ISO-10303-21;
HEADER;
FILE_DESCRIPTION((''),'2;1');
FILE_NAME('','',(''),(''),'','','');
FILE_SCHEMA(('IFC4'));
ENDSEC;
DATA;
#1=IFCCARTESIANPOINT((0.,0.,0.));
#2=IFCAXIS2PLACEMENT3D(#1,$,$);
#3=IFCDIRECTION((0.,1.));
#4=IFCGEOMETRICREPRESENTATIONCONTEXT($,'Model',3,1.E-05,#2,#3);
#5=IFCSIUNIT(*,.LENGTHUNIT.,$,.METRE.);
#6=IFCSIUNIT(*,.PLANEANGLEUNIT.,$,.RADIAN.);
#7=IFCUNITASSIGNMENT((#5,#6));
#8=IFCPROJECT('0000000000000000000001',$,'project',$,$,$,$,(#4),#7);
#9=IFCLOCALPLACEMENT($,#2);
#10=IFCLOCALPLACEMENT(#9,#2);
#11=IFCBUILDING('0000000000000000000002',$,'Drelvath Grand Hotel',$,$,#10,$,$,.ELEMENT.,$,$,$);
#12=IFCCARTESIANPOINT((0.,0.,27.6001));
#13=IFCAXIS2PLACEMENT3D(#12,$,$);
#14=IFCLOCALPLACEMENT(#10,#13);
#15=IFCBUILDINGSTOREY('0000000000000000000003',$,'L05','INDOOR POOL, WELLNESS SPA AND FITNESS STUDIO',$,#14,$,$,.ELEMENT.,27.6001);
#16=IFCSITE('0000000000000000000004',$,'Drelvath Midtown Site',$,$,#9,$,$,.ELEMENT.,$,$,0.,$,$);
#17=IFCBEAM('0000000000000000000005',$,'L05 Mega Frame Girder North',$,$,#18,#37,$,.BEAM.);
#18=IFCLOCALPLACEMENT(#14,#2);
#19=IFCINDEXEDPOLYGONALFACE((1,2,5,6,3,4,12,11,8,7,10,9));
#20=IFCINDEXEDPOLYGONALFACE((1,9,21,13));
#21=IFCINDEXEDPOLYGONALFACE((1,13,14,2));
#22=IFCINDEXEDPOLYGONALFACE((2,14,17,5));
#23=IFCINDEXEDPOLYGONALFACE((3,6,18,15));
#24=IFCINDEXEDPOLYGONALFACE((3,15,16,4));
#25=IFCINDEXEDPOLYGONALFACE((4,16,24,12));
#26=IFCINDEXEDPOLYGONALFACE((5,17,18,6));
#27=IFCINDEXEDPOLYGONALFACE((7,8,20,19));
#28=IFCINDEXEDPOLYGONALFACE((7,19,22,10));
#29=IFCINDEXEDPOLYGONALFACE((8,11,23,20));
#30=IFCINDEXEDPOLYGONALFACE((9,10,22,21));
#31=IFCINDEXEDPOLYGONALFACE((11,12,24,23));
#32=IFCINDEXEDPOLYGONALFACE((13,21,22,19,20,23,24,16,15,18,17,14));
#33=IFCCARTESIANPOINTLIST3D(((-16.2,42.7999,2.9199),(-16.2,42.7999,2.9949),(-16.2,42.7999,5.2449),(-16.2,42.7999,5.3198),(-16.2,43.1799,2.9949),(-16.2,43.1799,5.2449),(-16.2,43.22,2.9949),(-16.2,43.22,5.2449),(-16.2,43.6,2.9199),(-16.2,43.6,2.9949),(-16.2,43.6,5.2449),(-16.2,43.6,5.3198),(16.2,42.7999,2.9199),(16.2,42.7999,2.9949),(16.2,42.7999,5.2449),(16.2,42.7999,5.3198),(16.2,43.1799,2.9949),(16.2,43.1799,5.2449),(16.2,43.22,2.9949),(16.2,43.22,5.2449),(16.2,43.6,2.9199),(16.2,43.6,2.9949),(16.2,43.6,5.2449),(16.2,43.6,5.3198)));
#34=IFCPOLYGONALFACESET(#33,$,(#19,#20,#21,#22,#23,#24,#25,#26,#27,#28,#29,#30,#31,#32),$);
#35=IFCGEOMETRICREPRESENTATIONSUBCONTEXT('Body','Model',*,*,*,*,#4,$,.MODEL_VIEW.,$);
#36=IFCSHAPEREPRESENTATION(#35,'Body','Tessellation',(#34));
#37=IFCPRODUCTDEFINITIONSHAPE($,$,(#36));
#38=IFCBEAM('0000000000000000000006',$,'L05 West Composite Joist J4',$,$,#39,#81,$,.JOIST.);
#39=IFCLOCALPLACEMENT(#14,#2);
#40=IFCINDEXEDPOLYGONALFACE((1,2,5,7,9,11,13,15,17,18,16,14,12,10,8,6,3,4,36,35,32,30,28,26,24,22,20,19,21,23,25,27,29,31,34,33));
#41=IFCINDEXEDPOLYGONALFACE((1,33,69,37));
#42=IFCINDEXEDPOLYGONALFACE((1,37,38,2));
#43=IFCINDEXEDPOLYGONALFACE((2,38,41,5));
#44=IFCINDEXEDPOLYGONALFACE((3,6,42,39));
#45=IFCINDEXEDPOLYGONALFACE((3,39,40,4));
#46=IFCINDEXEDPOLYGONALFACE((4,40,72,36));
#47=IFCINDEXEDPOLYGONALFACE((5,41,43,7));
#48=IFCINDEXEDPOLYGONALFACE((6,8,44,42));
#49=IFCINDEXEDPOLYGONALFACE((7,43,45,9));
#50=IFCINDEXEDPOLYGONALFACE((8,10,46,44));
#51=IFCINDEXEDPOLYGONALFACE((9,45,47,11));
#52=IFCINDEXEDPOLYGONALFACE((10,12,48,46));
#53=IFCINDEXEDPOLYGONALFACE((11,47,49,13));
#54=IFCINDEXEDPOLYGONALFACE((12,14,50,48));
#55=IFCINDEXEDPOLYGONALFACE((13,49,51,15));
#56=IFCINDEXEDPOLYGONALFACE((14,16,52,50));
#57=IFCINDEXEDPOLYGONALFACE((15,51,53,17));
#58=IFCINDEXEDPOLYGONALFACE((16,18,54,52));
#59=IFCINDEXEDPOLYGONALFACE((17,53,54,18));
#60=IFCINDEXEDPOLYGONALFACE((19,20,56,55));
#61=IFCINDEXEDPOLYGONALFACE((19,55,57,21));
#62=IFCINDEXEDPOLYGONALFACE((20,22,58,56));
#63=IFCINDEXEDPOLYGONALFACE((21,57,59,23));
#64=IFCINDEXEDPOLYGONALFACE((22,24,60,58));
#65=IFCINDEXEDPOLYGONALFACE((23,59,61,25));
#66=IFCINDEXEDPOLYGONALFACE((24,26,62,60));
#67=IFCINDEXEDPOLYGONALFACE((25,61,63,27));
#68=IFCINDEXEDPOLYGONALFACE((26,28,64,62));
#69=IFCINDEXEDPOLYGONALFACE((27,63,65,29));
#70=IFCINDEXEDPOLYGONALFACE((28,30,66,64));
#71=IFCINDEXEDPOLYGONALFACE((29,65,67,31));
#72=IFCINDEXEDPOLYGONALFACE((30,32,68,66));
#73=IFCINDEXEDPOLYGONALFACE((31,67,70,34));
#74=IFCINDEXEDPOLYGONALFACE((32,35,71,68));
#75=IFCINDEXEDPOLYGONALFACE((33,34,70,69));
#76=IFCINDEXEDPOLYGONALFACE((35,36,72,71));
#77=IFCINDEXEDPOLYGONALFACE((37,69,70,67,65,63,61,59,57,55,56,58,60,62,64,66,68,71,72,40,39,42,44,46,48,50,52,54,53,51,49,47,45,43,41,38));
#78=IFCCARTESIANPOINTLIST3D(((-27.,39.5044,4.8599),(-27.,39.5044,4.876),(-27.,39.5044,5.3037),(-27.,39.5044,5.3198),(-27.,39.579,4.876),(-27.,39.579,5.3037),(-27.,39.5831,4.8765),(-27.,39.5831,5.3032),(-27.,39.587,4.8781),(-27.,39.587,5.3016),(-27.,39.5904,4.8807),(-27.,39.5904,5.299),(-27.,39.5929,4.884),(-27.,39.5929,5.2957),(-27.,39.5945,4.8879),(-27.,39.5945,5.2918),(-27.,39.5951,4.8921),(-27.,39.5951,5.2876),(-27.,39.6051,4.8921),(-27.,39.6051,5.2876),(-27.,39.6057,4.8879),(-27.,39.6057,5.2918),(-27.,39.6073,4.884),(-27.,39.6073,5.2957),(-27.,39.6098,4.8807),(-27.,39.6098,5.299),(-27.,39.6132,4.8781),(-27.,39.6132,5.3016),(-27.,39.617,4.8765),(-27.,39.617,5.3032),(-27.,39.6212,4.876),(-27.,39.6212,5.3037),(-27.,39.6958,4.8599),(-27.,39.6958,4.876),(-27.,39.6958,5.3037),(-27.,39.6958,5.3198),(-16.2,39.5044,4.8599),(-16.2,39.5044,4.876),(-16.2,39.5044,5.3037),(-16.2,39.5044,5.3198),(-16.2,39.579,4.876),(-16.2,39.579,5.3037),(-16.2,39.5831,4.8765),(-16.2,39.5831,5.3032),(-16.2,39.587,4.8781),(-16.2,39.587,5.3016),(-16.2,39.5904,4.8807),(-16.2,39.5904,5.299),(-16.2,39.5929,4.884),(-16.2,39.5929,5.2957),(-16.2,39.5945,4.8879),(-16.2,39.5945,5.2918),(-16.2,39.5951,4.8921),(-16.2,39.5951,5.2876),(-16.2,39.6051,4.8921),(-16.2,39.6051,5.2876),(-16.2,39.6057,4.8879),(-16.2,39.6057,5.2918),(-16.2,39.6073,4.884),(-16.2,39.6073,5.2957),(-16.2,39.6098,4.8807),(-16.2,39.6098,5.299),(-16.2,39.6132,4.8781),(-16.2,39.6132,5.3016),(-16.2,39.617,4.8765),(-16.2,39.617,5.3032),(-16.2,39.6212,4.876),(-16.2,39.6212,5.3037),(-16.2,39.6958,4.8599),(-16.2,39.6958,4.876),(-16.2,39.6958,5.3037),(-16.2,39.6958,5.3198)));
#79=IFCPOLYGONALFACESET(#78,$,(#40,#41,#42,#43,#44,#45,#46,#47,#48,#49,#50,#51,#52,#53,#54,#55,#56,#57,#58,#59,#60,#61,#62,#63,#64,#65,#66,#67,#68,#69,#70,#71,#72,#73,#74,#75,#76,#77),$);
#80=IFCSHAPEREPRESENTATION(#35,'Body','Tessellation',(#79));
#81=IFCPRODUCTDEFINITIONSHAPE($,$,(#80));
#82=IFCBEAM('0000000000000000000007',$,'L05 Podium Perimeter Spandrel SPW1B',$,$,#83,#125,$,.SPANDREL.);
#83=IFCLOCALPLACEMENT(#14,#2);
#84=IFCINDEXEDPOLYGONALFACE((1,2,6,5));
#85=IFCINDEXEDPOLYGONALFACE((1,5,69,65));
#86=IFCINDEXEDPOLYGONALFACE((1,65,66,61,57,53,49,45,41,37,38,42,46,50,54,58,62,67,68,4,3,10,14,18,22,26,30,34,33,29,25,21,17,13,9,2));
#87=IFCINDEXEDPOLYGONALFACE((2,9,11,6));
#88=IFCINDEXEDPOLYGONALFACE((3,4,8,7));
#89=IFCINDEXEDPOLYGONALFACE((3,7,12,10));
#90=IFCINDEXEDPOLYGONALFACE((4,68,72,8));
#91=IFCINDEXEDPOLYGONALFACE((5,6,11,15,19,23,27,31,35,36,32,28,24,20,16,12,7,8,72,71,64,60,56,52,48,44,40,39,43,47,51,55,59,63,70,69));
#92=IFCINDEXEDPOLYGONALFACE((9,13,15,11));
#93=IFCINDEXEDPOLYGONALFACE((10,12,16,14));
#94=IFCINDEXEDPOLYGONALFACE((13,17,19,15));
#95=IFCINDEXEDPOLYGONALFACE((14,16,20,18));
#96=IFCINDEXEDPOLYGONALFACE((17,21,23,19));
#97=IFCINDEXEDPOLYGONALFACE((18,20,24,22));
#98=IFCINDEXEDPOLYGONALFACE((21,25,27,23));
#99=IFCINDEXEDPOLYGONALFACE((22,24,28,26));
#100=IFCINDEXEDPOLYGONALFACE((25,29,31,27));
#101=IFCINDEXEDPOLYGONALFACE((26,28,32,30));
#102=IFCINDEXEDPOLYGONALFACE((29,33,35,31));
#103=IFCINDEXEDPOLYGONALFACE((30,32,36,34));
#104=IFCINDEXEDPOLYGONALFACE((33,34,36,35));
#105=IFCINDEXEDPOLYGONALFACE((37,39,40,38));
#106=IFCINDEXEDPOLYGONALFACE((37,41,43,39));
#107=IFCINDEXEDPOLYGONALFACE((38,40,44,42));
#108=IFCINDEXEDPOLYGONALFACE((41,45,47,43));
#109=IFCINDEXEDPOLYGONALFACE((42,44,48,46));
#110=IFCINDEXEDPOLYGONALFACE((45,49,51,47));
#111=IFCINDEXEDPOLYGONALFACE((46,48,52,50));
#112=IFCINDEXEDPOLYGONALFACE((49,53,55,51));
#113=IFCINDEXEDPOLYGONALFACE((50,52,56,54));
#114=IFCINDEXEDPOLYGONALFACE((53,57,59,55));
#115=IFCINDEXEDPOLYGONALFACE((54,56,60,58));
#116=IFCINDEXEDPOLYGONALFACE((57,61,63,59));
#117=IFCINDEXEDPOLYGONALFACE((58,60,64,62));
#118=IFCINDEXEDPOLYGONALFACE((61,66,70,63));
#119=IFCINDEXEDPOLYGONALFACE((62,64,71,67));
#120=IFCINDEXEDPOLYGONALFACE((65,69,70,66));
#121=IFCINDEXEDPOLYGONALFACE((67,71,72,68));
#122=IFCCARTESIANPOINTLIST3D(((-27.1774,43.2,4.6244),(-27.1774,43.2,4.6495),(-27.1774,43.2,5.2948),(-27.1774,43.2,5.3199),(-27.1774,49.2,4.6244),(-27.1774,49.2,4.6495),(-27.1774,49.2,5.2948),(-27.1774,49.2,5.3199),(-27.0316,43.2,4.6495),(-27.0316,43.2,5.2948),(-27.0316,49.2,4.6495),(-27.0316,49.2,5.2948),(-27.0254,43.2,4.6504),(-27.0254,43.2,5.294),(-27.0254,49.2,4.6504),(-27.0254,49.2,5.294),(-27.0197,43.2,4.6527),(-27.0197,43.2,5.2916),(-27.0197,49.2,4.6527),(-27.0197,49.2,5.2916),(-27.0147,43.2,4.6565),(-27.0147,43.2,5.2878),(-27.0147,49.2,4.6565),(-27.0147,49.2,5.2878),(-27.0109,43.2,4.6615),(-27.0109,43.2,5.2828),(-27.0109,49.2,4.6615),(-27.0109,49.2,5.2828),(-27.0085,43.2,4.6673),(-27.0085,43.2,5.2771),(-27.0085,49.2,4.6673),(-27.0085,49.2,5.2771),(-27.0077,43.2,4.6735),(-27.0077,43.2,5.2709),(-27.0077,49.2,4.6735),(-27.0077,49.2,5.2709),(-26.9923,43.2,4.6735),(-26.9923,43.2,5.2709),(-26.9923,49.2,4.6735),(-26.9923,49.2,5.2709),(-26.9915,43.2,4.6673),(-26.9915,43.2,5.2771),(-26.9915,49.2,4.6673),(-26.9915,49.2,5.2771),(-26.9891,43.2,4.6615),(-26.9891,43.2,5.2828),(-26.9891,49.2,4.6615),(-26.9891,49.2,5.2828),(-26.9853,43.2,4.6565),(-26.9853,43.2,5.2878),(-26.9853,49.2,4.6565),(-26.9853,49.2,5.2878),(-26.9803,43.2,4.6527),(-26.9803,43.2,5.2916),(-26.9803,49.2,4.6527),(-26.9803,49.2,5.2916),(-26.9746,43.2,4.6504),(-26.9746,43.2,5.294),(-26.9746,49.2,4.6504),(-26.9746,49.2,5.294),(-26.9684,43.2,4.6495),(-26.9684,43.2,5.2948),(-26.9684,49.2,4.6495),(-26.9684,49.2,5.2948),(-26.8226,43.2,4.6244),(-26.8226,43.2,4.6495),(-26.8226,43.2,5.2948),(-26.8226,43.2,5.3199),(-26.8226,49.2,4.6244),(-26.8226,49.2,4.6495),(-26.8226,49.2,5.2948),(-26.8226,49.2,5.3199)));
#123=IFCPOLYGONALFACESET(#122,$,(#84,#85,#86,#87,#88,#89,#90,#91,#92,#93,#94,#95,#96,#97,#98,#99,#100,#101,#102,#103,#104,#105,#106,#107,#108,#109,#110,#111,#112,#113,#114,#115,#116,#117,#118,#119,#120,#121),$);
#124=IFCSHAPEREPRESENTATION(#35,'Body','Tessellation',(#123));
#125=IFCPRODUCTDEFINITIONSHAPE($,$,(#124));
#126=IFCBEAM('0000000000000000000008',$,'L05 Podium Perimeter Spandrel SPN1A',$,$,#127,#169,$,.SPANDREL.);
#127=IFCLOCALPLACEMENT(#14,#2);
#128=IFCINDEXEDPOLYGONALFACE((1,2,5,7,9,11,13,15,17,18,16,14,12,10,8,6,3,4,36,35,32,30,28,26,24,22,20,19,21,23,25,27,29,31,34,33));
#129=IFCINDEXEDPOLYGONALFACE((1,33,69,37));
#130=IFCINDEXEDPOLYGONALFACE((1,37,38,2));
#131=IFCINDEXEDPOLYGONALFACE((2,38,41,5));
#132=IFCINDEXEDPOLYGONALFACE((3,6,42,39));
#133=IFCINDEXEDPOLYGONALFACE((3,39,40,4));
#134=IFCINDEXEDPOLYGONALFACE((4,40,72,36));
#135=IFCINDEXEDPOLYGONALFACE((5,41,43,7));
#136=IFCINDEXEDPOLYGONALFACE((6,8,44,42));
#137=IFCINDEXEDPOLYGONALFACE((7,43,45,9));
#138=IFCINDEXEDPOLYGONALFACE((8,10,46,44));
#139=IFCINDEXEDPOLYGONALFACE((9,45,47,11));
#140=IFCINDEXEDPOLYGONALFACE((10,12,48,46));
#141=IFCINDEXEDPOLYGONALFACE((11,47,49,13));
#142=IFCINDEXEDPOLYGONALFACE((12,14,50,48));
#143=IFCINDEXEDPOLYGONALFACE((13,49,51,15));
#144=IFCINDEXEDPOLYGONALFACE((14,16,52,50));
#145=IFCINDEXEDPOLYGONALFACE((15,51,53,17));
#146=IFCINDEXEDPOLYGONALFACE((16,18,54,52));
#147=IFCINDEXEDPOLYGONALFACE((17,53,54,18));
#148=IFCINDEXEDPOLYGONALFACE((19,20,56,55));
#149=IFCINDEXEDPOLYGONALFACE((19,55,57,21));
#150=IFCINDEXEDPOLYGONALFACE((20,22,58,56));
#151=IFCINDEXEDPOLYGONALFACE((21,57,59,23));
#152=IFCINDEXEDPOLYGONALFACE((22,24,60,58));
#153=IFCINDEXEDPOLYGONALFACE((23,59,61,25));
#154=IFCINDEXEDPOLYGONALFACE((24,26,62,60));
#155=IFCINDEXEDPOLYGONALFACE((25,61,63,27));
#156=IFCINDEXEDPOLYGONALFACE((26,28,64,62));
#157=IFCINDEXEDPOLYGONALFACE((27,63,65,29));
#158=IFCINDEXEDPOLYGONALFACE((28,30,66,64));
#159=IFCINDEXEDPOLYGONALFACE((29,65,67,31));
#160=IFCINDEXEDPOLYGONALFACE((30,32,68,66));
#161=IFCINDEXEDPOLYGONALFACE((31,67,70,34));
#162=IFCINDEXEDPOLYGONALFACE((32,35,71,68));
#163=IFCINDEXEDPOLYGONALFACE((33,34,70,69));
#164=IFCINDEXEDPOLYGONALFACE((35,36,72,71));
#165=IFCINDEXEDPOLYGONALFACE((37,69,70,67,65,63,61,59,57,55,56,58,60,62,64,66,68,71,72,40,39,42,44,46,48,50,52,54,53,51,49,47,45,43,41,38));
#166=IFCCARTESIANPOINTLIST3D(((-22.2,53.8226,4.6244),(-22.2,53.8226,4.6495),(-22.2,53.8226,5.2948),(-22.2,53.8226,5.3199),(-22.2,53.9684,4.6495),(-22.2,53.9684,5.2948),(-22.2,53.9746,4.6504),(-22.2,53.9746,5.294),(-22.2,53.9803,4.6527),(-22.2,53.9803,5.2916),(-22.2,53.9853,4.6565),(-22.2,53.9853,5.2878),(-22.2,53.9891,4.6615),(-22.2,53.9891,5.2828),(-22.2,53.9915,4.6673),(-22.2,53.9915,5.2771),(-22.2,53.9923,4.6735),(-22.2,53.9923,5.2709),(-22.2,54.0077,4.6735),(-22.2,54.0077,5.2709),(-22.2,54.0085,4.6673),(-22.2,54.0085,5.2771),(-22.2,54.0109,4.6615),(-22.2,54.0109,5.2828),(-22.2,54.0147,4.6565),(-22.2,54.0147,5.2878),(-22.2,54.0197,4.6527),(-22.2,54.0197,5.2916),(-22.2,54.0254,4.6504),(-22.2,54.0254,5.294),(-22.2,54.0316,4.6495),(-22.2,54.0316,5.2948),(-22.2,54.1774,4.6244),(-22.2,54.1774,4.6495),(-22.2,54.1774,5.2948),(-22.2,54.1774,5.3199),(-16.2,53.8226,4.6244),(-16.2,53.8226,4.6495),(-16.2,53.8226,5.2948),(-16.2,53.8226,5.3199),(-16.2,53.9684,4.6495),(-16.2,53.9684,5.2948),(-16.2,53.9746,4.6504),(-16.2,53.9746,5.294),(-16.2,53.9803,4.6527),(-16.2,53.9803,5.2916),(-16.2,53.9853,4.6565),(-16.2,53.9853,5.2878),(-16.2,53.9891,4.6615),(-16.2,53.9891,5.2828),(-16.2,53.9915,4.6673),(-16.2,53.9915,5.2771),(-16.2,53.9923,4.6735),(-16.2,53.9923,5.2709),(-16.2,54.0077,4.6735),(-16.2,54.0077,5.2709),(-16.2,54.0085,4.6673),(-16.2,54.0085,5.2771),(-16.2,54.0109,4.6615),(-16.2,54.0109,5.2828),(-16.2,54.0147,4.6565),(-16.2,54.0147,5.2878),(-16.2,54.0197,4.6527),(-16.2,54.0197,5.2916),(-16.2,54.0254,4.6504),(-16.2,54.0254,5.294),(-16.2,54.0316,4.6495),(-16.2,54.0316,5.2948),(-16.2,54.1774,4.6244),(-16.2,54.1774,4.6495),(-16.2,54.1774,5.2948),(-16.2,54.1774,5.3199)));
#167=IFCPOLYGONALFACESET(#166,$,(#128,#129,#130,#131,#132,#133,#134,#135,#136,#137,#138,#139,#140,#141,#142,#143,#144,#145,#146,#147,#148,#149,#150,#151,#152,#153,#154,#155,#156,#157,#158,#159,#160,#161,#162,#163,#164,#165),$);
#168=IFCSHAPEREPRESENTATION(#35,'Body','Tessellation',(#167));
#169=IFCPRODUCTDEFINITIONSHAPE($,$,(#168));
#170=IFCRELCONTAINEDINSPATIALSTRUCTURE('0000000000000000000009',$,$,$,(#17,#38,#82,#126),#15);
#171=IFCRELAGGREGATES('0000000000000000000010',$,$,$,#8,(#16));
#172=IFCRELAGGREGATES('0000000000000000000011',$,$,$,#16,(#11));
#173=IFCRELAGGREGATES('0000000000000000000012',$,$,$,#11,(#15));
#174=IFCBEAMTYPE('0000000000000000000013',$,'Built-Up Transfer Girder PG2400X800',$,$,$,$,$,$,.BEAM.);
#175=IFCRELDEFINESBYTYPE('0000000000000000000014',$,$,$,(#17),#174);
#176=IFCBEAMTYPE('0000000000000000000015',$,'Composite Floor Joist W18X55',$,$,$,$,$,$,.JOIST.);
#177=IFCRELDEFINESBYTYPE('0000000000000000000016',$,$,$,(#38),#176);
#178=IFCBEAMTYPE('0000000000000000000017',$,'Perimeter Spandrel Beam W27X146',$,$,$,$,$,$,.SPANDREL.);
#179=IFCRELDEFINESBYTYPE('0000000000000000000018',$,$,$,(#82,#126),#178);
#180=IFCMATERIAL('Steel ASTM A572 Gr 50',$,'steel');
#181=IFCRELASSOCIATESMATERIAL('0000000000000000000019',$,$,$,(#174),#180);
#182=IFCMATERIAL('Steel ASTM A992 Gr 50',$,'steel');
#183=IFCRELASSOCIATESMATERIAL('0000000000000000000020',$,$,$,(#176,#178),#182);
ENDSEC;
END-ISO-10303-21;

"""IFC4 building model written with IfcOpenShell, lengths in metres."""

from ifc_helpers import new_model, si_unit, direction, frame, origin, origin_2d, place, context, subcontext, project, spatial, i_section, extrude, material, material_profile, profile_set, type_object, element, save


model = new_model("IFC4")

# Units and contexts
model_context = context("Model", 3, precision=1e-05, world=origin(), true_north=direction((0.0, 1.0)))
body_context = subcontext(model_context, "Body", "Model", "MODEL_VIEW")
ifc_project = project(units=[si_unit("LENGTHUNIT", "METRE"), si_unit("PLANEANGLEUNIT", "RADIAN")], contexts=[model_context])

# Site, building, storey
site_placement = place(None, origin())
site = spatial("IfcSite", under=ifc_project, at=site_placement, Name="Drelvath Midtown Site", CompositionType="ELEMENT", RefElevation=0.0)
building_placement = place(site_placement, origin())
building = spatial("IfcBuilding", under=site, at=building_placement, Name="Drelvath Grand Hotel", CompositionType="ELEMENT")
storey_placement = place(building_placement, frame((0.0, 0.0, 27.6001)))
storey = spatial("IfcBuildingStorey", under=building, at=storey_placement, Name="L05", Description="INDOOR POOL, WELLNESS SPA AND FITNESS STUDIO", CompositionType="ELEMENT", Elevation=27.6001)

# Beams
ifc_material_1 = material(Name="Steel ASTM A572 Gr 50", Category="steel")
ifc_material_profile_1 = material_profile(ifc_material_1, i_section(OverallWidth=0.8, OverallDepth=2.3999, WebThickness=0.04, FlangeThickness=0.075, at=origin_2d()), Name="PG2400X800")
ifc_profile_set_1 = profile_set([ifc_material_profile_1], Name="Steel ASTM A572 Gr 50")
beam_type_1 = type_object("IfcBeamType", Name="Built-Up Transfer Girder PG2400X800", PredefinedType="BEAM", material=ifc_profile_set_1)
beam_1_placement = place(storey_placement, frame((-16.2, 43.2, 4.1199), z_axis=(1.0, 0.0, 0.0), x_axis=(0.0, 1.0, 0.0)))
element("IfcBeam", 1, at=beam_1_placement, inside=storey, type_object=beam_type_1, Name="L05 Mega Frame Girder North", PredefinedType="BEAM", context=body_context, shape_type="SweptSolid", body=[
    extrude(i_section(OverallWidth=0.8, OverallDepth=2.3999, WebThickness=0.04, FlangeThickness=0.075, at=origin_2d()), origin(), (0.0, 0.0, 1.0), 32.3999),
])
ifc_material_2 = material(Name="Steel ASTM A992 Gr 50", Category="steel")
ifc_material_profile_2 = material_profile(ifc_material_2, i_section(OverallWidth=0.1914, OverallDepth=0.46, WebThickness=0.01, FlangeThickness=0.0161, FilletRadius=0.0161, at=origin_2d()), Name="W18X55")
ifc_profile_set_2 = profile_set([ifc_material_profile_2], Name="Steel ASTM A992 Gr 50")
beam_type_2 = type_object("IfcBeamType", Name="Composite Floor Joist W18X55", PredefinedType="JOIST", material=ifc_profile_set_2)
beam_2_placement = place(storey_placement, frame((-27.0, 39.6001, 5.0898), z_axis=(1.0, 0.0, 0.0), x_axis=(0.0, 1.0, 0.0)))
element("IfcBeam", 2, at=beam_2_placement, inside=storey, type_object=beam_type_2, Name="L05 West Composite Joist J4", PredefinedType="JOIST", context=body_context, shape_type="SweptSolid", body=[
    extrude(i_section(OverallWidth=0.1914, OverallDepth=0.46, WebThickness=0.01, FlangeThickness=0.0161, FilletRadius=0.0161, at=origin_2d()), origin(), (0.0, 0.0, 1.0), 10.8),
])
ifc_material_profile_3 = material_profile(ifc_material_2, i_section(OverallWidth=0.3547, OverallDepth=0.6956, WebThickness=0.0154, FlangeThickness=0.0251, FilletRadius=0.0239, at=origin_2d()), Name="W27X146")
ifc_profile_set_3 = profile_set([ifc_material_profile_3], Name="Steel ASTM A992 Gr 50")
beam_type_3 = type_object("IfcBeamType", Name="Perimeter Spandrel Beam W27X146", PredefinedType="SPANDREL", material=ifc_profile_set_3)
for number, where, z_axis, x_axis, name in (
    (3, (-27.0, 43.2, 4.9722), (0.0, 1.0, 0.0), (-1.0, 0.0, 0.0), "L05 Podium Perimeter Spandrel SPW1B"),
    (4, (-22.2, 54.0, 4.9722), (1.0, 0.0, 0.0), (0.0, 1.0, 0.0), "L05 Podium Perimeter Spandrel SPN1A"),
):
    element("IfcBeam", number, at=place(storey_placement, frame(where, z_axis=z_axis, x_axis=x_axis)), inside=storey, type_object=beam_type_3, Name=name, PredefinedType="SPANDREL", context=body_context, shape_type="SweptSolid", body=[
        extrude(i_section(OverallWidth=0.3547, OverallDepth=0.6956, WebThickness=0.0154, FlangeThickness=0.0251, FilletRadius=0.0239, at=origin_2d()), origin(), (0.0, 0.0, 1.0), 6.0),
    ])

save(model, "model.ifc")
